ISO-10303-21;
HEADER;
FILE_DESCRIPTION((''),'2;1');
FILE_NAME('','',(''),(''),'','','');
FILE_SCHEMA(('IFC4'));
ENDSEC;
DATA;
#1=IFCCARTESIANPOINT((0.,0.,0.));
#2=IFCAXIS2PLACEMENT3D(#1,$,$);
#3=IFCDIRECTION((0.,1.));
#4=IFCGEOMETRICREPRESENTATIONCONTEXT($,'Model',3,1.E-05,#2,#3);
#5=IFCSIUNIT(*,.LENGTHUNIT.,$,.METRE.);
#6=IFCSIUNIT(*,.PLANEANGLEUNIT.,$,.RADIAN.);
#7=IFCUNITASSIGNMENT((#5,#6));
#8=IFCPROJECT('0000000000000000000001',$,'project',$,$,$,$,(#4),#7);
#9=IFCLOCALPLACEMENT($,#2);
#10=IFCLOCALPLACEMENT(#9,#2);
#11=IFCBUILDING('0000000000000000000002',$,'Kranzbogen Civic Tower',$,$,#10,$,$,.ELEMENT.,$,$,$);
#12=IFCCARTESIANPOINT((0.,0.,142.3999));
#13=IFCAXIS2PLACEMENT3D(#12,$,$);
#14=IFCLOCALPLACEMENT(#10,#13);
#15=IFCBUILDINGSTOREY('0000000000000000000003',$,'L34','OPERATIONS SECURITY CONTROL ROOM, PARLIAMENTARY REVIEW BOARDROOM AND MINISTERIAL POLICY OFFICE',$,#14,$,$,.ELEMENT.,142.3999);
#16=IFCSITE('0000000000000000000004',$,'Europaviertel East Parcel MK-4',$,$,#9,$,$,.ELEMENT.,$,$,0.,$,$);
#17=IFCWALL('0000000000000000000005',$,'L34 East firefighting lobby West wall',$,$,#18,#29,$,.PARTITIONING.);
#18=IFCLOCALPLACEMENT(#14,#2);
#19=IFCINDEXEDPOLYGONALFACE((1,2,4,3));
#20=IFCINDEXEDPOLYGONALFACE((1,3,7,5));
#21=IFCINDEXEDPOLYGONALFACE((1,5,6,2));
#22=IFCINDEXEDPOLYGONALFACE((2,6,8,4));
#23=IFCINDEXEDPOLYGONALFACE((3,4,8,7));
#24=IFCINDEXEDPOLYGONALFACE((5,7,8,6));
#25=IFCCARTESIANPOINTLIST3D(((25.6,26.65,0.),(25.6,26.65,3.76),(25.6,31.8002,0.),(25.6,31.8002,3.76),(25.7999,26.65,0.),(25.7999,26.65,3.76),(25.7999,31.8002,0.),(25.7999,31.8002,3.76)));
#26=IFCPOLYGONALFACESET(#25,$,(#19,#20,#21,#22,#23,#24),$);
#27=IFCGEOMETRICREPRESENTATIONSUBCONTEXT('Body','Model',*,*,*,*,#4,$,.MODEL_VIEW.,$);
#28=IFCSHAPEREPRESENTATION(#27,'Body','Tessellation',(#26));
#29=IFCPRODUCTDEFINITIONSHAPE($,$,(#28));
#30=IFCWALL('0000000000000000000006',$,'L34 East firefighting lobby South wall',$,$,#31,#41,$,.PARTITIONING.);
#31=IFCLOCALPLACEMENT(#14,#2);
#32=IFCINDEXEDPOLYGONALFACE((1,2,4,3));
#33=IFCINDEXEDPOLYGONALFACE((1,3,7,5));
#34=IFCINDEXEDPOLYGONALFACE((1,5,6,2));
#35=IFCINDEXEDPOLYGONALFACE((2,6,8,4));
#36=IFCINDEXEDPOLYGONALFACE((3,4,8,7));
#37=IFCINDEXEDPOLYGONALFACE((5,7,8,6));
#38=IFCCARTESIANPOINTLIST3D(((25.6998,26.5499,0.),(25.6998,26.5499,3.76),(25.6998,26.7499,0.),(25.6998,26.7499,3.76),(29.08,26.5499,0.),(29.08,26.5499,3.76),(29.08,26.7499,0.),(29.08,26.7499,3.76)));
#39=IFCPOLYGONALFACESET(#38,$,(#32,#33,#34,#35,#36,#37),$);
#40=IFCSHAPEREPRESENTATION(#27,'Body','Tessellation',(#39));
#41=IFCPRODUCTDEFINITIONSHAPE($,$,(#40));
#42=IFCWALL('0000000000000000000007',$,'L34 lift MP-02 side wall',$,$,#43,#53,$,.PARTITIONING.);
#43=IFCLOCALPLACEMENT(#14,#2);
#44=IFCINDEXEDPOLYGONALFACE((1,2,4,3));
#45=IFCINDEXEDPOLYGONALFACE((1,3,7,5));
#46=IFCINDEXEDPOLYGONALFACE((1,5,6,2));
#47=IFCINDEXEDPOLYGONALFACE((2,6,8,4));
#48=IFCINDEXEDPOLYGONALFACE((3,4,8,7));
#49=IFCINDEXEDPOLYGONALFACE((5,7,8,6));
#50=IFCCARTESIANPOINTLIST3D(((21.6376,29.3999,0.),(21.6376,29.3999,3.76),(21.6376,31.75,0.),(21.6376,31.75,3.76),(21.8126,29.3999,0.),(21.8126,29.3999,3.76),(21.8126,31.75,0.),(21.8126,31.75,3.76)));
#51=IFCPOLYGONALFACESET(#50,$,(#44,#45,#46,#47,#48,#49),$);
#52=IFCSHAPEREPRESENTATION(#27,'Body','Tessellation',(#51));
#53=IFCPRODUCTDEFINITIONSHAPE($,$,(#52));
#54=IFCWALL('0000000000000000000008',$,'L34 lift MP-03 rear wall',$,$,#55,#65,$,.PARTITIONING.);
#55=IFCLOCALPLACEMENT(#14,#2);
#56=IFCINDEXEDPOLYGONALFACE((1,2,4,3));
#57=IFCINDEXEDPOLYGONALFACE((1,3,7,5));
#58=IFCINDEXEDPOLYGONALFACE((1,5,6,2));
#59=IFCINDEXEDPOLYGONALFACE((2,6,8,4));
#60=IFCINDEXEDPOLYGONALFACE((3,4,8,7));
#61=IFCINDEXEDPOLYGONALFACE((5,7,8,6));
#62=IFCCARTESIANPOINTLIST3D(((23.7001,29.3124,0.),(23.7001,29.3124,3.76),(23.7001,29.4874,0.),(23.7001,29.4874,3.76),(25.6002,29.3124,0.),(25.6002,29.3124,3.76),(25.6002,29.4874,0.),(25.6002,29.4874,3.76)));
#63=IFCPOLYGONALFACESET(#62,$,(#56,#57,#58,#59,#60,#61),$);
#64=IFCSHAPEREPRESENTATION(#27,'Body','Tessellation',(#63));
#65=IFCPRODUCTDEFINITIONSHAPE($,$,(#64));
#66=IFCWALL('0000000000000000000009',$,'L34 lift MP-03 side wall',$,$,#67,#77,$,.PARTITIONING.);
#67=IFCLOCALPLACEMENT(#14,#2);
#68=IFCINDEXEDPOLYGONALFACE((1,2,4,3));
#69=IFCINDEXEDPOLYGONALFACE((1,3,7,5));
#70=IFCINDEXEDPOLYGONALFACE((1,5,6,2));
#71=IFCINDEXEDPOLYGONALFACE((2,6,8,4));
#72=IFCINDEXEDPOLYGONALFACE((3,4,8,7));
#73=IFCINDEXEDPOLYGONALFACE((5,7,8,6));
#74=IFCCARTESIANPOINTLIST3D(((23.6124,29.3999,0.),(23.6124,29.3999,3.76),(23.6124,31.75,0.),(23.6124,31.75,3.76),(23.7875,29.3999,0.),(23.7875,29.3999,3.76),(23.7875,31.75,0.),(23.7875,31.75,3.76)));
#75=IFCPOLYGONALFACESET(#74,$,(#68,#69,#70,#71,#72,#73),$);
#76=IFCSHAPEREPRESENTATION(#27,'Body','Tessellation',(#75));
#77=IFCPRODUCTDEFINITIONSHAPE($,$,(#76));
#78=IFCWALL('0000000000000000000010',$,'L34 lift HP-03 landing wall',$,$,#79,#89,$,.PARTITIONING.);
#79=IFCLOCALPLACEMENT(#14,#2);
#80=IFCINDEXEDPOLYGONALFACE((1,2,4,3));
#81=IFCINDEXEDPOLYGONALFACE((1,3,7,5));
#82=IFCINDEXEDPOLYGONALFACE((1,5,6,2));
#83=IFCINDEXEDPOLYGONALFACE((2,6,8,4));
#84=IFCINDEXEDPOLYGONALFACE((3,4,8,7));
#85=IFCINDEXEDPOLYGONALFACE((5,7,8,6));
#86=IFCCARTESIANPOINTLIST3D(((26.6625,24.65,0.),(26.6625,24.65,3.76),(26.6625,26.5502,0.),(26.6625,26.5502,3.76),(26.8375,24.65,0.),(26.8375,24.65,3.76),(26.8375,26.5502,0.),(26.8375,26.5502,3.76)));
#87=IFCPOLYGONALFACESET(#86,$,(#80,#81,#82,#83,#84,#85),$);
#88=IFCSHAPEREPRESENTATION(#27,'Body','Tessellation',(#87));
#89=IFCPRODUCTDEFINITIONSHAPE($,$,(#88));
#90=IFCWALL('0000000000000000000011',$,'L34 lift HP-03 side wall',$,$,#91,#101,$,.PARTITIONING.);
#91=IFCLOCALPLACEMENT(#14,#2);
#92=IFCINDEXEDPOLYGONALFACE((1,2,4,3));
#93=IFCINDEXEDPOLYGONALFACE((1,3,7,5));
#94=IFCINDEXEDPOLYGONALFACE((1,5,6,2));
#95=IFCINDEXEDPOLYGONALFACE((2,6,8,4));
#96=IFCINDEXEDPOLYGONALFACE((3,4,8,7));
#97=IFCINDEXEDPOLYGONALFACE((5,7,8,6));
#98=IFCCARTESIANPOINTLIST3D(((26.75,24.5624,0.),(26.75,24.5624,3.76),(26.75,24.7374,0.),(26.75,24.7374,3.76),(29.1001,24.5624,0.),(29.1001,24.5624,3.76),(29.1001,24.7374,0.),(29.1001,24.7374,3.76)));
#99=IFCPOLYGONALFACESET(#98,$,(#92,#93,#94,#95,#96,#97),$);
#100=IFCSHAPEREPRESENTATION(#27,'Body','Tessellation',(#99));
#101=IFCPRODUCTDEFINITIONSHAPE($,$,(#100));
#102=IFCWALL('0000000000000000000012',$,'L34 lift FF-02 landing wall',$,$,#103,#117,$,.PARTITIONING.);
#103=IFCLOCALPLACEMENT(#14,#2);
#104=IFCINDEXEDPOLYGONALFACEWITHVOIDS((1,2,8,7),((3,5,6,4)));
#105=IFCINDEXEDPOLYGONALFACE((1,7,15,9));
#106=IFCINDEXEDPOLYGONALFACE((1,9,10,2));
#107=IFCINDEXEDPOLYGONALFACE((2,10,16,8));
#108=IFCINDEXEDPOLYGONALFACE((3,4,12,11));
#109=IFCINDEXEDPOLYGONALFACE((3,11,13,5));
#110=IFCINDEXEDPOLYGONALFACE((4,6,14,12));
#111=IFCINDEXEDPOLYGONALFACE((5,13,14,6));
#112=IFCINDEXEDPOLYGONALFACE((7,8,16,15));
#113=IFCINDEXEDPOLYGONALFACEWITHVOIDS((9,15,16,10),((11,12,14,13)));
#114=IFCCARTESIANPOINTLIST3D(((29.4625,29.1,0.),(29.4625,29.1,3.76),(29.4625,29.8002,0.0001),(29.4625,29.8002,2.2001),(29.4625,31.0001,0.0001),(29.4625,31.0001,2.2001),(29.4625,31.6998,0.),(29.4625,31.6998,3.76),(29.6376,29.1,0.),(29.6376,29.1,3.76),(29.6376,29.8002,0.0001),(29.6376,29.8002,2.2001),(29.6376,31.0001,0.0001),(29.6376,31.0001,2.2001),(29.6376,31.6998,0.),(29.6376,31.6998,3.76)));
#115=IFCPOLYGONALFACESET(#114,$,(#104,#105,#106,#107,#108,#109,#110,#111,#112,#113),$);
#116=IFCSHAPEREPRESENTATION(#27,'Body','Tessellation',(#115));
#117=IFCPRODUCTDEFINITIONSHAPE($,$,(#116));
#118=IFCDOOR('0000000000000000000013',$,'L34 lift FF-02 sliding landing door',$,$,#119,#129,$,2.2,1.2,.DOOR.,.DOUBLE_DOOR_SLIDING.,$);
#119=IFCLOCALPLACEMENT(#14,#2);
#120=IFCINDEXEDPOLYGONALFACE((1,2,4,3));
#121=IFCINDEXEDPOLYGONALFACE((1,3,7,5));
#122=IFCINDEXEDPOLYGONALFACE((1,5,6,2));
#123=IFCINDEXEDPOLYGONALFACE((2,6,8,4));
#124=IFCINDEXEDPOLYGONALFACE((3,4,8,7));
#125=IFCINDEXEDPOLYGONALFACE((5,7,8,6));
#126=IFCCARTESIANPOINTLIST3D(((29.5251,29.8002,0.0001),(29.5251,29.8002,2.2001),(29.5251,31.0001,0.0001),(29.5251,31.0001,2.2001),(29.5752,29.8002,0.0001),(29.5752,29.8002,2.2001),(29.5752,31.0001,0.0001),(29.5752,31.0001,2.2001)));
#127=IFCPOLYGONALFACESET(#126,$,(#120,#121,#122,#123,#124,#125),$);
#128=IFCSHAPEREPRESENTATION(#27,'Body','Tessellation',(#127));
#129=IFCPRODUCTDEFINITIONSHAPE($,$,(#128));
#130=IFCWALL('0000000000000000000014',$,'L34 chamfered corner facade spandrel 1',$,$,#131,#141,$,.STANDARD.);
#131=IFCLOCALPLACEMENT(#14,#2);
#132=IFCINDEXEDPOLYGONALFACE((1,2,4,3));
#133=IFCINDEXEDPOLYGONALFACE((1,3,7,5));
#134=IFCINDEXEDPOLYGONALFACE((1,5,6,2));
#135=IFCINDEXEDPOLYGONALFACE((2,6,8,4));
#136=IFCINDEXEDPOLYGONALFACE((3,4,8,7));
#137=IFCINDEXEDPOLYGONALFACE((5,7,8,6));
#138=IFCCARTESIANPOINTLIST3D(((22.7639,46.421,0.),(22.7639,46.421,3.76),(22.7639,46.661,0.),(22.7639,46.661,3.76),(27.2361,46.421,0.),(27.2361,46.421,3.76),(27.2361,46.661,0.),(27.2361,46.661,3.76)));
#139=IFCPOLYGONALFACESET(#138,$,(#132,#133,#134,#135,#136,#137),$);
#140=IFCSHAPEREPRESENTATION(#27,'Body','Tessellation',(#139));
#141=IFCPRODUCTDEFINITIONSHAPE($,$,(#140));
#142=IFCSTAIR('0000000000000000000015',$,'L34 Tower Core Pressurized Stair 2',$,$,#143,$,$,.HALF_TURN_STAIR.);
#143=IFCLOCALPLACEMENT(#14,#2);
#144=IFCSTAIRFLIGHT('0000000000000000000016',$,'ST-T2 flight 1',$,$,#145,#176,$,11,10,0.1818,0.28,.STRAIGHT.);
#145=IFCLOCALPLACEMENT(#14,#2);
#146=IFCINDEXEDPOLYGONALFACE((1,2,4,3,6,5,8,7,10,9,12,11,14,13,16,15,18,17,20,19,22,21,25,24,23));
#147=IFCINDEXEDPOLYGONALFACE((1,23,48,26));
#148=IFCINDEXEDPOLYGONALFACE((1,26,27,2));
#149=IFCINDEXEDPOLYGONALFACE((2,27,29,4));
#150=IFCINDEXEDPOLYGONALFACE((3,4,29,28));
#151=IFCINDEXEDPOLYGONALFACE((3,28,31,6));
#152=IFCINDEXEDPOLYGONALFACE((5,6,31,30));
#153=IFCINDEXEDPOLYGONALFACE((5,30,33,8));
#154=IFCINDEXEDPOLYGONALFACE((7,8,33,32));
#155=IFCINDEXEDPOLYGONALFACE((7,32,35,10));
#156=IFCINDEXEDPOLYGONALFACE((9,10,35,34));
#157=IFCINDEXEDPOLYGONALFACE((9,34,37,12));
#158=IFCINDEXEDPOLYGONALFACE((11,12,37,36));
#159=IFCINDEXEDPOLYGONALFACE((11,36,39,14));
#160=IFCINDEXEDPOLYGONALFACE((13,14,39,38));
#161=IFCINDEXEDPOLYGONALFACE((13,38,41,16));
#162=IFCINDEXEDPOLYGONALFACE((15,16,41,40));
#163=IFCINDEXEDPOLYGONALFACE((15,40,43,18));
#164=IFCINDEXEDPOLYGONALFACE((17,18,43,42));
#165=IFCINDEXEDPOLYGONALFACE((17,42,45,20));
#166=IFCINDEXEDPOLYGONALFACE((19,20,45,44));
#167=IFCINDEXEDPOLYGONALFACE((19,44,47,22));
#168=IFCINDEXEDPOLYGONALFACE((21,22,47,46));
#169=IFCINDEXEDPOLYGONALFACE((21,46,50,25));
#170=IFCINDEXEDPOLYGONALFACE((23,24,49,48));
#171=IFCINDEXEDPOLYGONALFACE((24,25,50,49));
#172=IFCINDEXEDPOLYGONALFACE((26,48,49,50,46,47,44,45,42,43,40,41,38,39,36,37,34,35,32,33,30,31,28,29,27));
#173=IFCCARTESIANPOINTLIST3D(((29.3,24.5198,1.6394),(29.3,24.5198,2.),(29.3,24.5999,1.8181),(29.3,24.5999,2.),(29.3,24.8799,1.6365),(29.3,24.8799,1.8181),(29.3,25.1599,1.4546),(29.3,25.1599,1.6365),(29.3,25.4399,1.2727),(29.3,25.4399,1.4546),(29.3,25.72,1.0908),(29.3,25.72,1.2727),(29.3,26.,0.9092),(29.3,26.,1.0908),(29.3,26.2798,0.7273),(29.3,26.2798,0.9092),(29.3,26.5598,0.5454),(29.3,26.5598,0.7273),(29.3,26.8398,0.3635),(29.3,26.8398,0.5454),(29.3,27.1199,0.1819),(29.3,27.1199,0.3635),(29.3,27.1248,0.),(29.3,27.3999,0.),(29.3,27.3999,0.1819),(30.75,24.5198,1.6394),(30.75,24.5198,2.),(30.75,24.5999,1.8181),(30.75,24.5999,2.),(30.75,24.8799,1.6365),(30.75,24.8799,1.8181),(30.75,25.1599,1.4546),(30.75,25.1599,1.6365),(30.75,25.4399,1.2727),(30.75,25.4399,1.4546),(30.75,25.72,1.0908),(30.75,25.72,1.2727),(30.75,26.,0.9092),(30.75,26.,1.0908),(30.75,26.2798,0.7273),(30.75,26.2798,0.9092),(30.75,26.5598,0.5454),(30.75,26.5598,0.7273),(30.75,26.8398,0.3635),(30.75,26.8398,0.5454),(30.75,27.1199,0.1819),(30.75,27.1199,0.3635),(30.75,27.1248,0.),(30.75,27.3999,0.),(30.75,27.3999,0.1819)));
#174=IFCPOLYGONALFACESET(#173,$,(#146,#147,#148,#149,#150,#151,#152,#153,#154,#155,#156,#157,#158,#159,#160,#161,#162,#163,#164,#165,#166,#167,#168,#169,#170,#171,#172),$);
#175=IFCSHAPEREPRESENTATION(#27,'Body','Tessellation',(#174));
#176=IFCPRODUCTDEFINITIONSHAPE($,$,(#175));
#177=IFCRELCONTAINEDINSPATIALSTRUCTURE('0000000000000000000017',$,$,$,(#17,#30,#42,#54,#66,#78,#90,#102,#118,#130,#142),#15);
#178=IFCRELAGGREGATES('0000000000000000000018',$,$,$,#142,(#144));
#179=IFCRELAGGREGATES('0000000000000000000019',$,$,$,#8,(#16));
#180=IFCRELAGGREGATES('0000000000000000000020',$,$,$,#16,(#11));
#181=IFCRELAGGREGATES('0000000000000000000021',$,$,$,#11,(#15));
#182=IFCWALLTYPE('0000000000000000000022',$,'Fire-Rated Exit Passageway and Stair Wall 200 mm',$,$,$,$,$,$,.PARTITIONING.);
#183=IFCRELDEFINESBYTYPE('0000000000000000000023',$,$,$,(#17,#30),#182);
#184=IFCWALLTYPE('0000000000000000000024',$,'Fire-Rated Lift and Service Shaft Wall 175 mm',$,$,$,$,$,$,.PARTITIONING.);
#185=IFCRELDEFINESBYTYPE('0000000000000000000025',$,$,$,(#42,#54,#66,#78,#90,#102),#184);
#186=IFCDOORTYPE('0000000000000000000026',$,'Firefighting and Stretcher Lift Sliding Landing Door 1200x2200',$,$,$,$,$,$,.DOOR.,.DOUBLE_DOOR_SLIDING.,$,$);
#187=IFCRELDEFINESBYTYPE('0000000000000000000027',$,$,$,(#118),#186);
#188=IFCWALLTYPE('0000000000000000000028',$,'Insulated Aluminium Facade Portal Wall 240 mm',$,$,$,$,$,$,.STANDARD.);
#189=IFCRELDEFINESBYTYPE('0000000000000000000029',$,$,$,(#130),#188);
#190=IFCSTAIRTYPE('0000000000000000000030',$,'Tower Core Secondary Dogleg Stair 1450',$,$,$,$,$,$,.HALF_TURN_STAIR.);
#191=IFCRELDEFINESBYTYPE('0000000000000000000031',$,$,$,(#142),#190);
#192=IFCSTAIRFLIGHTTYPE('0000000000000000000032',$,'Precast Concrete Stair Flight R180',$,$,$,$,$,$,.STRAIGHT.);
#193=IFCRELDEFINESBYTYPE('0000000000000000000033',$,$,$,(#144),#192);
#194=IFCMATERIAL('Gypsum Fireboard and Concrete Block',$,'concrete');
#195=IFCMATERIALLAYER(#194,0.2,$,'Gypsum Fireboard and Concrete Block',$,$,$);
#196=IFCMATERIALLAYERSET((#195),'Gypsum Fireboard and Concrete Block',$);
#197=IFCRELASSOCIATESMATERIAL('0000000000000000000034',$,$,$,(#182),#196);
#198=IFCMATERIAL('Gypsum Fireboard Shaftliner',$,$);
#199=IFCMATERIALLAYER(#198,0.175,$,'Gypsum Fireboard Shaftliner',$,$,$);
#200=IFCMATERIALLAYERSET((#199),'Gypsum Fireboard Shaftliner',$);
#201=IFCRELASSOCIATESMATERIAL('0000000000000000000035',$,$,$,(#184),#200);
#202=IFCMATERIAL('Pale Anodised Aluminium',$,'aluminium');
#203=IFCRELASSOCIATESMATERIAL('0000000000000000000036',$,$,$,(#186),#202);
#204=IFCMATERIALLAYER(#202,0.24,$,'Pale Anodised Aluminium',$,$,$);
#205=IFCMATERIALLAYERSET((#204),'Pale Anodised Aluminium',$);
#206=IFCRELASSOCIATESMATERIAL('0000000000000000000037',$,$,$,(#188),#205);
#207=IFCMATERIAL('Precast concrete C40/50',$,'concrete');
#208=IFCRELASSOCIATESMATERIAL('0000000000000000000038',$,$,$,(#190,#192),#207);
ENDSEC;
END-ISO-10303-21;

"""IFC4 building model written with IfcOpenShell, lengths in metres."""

from ifc_helpers import new_model, si_unit, direction, frame, frame_2d, origin, place, context, subcontext, project, spatial, polyline, rectangle, outline, extrude, material, layer, layer_set, type_object, element, fill, aggregate, save


model = new_model("IFC4")

# Units and contexts
model_context = context("Model", 3, precision=1e-05, world=origin(), true_north=direction((0.0, 1.0)))
body_context = subcontext(model_context, "Body", "Model", "MODEL_VIEW")
ifc_project = project(units=[si_unit("LENGTHUNIT", "METRE"), si_unit("PLANEANGLEUNIT", "RADIAN")], contexts=[model_context])

# Site, building, storey
site_placement = place(None, origin())
site = spatial("IfcSite", under=ifc_project, at=site_placement, Name="Europaviertel East Parcel MK-4", CompositionType="ELEMENT", RefElevation=0.0)
building_placement = place(site_placement, origin())
building = spatial("IfcBuilding", under=site, at=building_placement, Name="Kranzbogen Civic Tower", CompositionType="ELEMENT")
storey_placement = place(building_placement, frame((0.0, 0.0, 142.3999)))
storey = spatial("IfcBuildingStorey", under=building, at=storey_placement, Name="L34", Description="OPERATIONS SECURITY CONTROL ROOM, PARLIAMENTARY REVIEW BOARDROOM AND MINISTERIAL POLICY OFFICE", CompositionType="ELEMENT", Elevation=142.3999)

# Shared definitions
ifc_material_1 = material(Name="Pale Anodised Aluminium", Category="aluminium")

# Walls
ifc_material_2 = material(Name="Gypsum Fireboard and Concrete Block", Category="concrete")
ifc_layer_1 = layer(ifc_material_2, 0.2, Name="Gypsum Fireboard and Concrete Block")
ifc_layer_set_1 = layer_set([ifc_layer_1], Name="Gypsum Fireboard and Concrete Block")
wall_type_1 = type_object("IfcWallType", Name="Fire-Rated Exit Passageway and Stair Wall 200 mm", PredefinedType="PARTITIONING", material=ifc_layer_set_1)
wall_1_placement = place(storey_placement, frame((25.7, 26.6499, 0.0), z_axis=(0.0, 0.0, 1.0), x_axis=(0.0, 1.0, 0.0)))
element("IfcWall", 1, at=wall_1_placement, inside=storey, type_object=wall_type_1, Name="L34 East firefighting lobby West wall", PredefinedType="PARTITIONING", context=body_context, shape_type="SweptSolid", body=[
    extrude(rectangle(XDim=5.1501, YDim=0.2, at=frame_2d((2.5752, 0.0))), origin(), (0.0, 0.0, 1.0), 3.76),
])
wall_2_placement = place(storey_placement, frame((25.7, 26.6499, 0.0), z_axis=(0.0, 0.0, 1.0), x_axis=(1.0, 0.0, 0.0)))
element("IfcWall", 2, at=wall_2_placement, inside=storey, type_object=wall_type_1, Name="L34 East firefighting lobby South wall", PredefinedType="PARTITIONING", context=body_context, shape_type="SweptSolid", body=[
    extrude(rectangle(XDim=3.3801, YDim=0.2, at=frame_2d((1.6899, 0.0))), origin(), (0.0, 0.0, 1.0), 3.76),
])
ifc_material_3 = material(Name="Gypsum Fireboard Shaftliner")
ifc_layer_2 = layer(ifc_material_3, 0.175, Name="Gypsum Fireboard Shaftliner")
ifc_layer_set_2 = layer_set([ifc_layer_2], Name="Gypsum Fireboard Shaftliner")
wall_type_2 = type_object("IfcWallType", Name="Fire-Rated Lift and Service Shaft Wall 175 mm", PredefinedType="PARTITIONING", material=ifc_layer_set_2)
wall_3_placement = place(storey_placement, frame((21.7251, 29.3999, 0.0), z_axis=(0.0, 0.0, 1.0), x_axis=(0.0, 1.0, 0.0)))
element("IfcWall", 3, at=wall_3_placement, inside=storey, type_object=wall_type_2, Name="L34 lift MP-02 side wall", PredefinedType="PARTITIONING", context=body_context, shape_type="SweptSolid", body=[
    extrude(rectangle(XDim=2.3501, YDim=0.175, at=frame_2d((1.175, 0.0))), origin(), (0.0, 0.0, 1.0), 3.76),
])
wall_4_placement = place(storey_placement, frame((23.7, 29.3999, 0.0), z_axis=(0.0, 0.0, 1.0), x_axis=(1.0, 0.0, 0.0)))
element("IfcWall", 4, at=wall_4_placement, inside=storey, type_object=wall_type_2, Name="L34 lift MP-03 rear wall", PredefinedType="PARTITIONING", context=body_context, shape_type="SweptSolid", body=[
    extrude(rectangle(XDim=1.9001, YDim=0.175, at=frame_2d((0.9502, 0.0))), origin(), (0.0, 0.0, 1.0), 3.76),
])
wall_5_placement = place(storey_placement, frame((23.7, 29.3999, 0.0), z_axis=(0.0, 0.0, 1.0), x_axis=(0.0, 1.0, 0.0)))
element("IfcWall", 5, at=wall_5_placement, inside=storey, type_object=wall_type_2, Name="L34 lift MP-03 side wall", PredefinedType="PARTITIONING", context=body_context, shape_type="SweptSolid", body=[
    extrude(rectangle(XDim=2.3501, YDim=0.175, at=frame_2d((1.175, 0.0))), origin(), (0.0, 0.0, 1.0), 3.76),
])
wall_6_placement = place(storey_placement, frame((26.75, 24.6499, 0.0), z_axis=(0.0, 0.0, 1.0), x_axis=(0.0, 1.0, 0.0)))
element("IfcWall", 6, at=wall_6_placement, inside=storey, type_object=wall_type_2, Name="L34 lift HP-03 landing wall", PredefinedType="PARTITIONING", context=body_context, shape_type="SweptSolid", body=[
    extrude(rectangle(XDim=1.9001, YDim=0.175, at=frame_2d((0.9502, 0.0))), origin(), (0.0, 0.0, 1.0), 3.76),
])
wall_7_placement = place(storey_placement, frame((26.75, 24.6499, 0.0), z_axis=(0.0, 0.0, 1.0), x_axis=(1.0, 0.0, 0.0)))
element("IfcWall", 7, at=wall_7_placement, inside=storey, type_object=wall_type_2, Name="L34 lift HP-03 side wall", PredefinedType="PARTITIONING", context=body_context, shape_type="SweptSolid", body=[
    extrude(rectangle(XDim=2.3501, YDim=0.175, at=frame_2d((1.175, 0.0))), origin(), (0.0, 0.0, 1.0), 3.76),
])

# Wall, opening, door
wall_8_placement = place(storey_placement, frame((29.55, 29.1001, 0.0), z_axis=(0.0, 0.0, 1.0), x_axis=(0.0, 1.0, 0.0)))
wall_8 = element("IfcWall", 8, at=wall_8_placement, inside=storey, type_object=wall_type_2, Name="L34 lift FF-02 landing wall", PredefinedType="PARTITIONING", context=body_context, shape_type="SweptSolid", body=[
    extrude(rectangle(XDim=2.5999, YDim=0.175, at=frame_2d((1.2998, 0.0))), origin(), (0.0, 0.0, 1.0), 3.76),
])
opening_1_placement = place(wall_8_placement, frame((0.7, 0.0, 0.0)))
opening_1 = element("IfcOpeningElement", 9, at=opening_1_placement, cuts=wall_8, PredefinedType="OPENING", context=body_context, shape_type="SweptSolid", body=[
    extrude(rectangle(XDim=1.2, YDim=2.2, at=frame_2d((0.6001, 1.1001))), frame((0.0, 0.0977, 0.0), z_axis=(0.0, -1.0, 0.0), x_axis=(1.0, 0.0, 0.0)), (0.0, 0.0, 1.0), 0.1951),
])
door_type_1 = type_object("IfcDoorType", Name="Firefighting and Stretcher Lift Sliding Landing Door 1200x2200", OperationType="DOUBLE_DOOR_SLIDING", PredefinedType="DOOR", material=ifc_material_1)
door_1_placement = place(opening_1_placement, origin())
door_1 = element("IfcDoor", 10, at=door_1_placement, inside=storey, type_object=door_type_1, Name="L34 lift FF-02 sliding landing door", OperationType="DOUBLE_DOOR_SLIDING", OverallHeight=2.2, OverallWidth=1.2, PredefinedType="DOOR", context=body_context, shape_type="SweptSolid", body=[
    extrude(rectangle(XDim=1.2, YDim=2.2, at=frame_2d((0.6001, 1.1001))), frame((0.0, 0.0249, 0.0), z_axis=(0.0, -1.0, 0.0), x_axis=(1.0, 0.0, 0.0)), (0.0, 0.0, 1.0), 0.05),
])
fill(opening_1, door_1)

# Wall
ifc_layer_3 = layer(ifc_material_1, 0.24, Name="Pale Anodised Aluminium")
ifc_layer_set_3 = layer_set([ifc_layer_3], Name="Pale Anodised Aluminium")
wall_type_3 = type_object("IfcWallType", Name="Insulated Aluminium Facade Portal Wall 240 mm", PredefinedType="STANDARD", material=ifc_layer_set_3)
wall_9_placement = place(storey_placement, frame((27.2361, 46.541, 0.0), z_axis=(0.0, 0.0, 1.0), x_axis=(-1.0, 0.0, 0.0)))
element("IfcWall", 11, at=wall_9_placement, inside=storey, type_object=wall_type_3, Name="L34 chamfered corner facade spandrel 1", PredefinedType="STANDARD", context=body_context, shape_type="SweptSolid", body=[
    extrude(rectangle(XDim=4.4722, YDim=0.24, at=frame_2d((2.2361, 0.0))), origin(), (0.0, 0.0, 1.0), 3.76),
])

# Stair, stair flight
ifc_material_4 = material(Name="Precast concrete C40/50", Category="concrete")
stair_type = type_object("IfcStairType", Name="Tower Core Secondary Dogleg Stair 1450", PredefinedType="HALF_TURN_STAIR", material=ifc_material_4)
stair_placement = place(storey_placement, origin())
stair = element("IfcStair", 12, at=stair_placement, inside=storey, type_object=stair_type, Name="L34 Tower Core Pressurized Stair 2", PredefinedType="HALF_TURN_STAIR")
stair_flight_type = type_object("IfcStairFlightType", Name="Precast Concrete Stair Flight R180", PredefinedType="STRAIGHT", material=ifc_material_4)
stair_flight_placement = place(storey_placement, frame((30.0249, 27.3999, 0.0), z_axis=(0.0, 0.0, 1.0), x_axis=(0.0, -1.0, 0.0)))
stair_flight = element("IfcStairFlight", 13, at=stair_flight_placement, type_object=stair_flight_type, Name="ST-T2 flight 1", NumberOfRisers=11, NumberOfTreads=10, PredefinedType="STRAIGHT", RiserHeight=0.1818, TreadLength=0.28, context=body_context, shape_type="SweptSolid", body=[
    extrude(outline(polyline([(0.0, 0.0), (0.0, 0.1819), (0.28, 0.1819), (0.28, 0.3635), (0.5601, 0.3635), (0.5601, 0.5454), (0.8401, 0.5454), (0.8401, 0.7273), (1.1201, 0.7273), (1.1201, 0.9092), (1.3999, 0.9092), (1.3999, 1.0908), (1.6799, 1.0908), (1.6799, 1.2727), (1.96, 1.2727), (1.96, 1.4546), (2.24, 1.4546), (2.24, 1.6365), (2.52, 1.6365), (2.52, 1.8181), (2.8, 1.8181), (2.8, 2.0), (2.8801, 2.0), (2.8801, 1.6394), (0.2751, 0.0), (0.0, 0.0)])), frame((0.0, 0.7251, 0.0), z_axis=(0.0, -1.0, 0.0), x_axis=(1.0, 0.0, 0.0)), (0.0, 0.0, 1.0), 1.45),
])
aggregate(stair, [stair_flight])

save(model, "model.ifc")
